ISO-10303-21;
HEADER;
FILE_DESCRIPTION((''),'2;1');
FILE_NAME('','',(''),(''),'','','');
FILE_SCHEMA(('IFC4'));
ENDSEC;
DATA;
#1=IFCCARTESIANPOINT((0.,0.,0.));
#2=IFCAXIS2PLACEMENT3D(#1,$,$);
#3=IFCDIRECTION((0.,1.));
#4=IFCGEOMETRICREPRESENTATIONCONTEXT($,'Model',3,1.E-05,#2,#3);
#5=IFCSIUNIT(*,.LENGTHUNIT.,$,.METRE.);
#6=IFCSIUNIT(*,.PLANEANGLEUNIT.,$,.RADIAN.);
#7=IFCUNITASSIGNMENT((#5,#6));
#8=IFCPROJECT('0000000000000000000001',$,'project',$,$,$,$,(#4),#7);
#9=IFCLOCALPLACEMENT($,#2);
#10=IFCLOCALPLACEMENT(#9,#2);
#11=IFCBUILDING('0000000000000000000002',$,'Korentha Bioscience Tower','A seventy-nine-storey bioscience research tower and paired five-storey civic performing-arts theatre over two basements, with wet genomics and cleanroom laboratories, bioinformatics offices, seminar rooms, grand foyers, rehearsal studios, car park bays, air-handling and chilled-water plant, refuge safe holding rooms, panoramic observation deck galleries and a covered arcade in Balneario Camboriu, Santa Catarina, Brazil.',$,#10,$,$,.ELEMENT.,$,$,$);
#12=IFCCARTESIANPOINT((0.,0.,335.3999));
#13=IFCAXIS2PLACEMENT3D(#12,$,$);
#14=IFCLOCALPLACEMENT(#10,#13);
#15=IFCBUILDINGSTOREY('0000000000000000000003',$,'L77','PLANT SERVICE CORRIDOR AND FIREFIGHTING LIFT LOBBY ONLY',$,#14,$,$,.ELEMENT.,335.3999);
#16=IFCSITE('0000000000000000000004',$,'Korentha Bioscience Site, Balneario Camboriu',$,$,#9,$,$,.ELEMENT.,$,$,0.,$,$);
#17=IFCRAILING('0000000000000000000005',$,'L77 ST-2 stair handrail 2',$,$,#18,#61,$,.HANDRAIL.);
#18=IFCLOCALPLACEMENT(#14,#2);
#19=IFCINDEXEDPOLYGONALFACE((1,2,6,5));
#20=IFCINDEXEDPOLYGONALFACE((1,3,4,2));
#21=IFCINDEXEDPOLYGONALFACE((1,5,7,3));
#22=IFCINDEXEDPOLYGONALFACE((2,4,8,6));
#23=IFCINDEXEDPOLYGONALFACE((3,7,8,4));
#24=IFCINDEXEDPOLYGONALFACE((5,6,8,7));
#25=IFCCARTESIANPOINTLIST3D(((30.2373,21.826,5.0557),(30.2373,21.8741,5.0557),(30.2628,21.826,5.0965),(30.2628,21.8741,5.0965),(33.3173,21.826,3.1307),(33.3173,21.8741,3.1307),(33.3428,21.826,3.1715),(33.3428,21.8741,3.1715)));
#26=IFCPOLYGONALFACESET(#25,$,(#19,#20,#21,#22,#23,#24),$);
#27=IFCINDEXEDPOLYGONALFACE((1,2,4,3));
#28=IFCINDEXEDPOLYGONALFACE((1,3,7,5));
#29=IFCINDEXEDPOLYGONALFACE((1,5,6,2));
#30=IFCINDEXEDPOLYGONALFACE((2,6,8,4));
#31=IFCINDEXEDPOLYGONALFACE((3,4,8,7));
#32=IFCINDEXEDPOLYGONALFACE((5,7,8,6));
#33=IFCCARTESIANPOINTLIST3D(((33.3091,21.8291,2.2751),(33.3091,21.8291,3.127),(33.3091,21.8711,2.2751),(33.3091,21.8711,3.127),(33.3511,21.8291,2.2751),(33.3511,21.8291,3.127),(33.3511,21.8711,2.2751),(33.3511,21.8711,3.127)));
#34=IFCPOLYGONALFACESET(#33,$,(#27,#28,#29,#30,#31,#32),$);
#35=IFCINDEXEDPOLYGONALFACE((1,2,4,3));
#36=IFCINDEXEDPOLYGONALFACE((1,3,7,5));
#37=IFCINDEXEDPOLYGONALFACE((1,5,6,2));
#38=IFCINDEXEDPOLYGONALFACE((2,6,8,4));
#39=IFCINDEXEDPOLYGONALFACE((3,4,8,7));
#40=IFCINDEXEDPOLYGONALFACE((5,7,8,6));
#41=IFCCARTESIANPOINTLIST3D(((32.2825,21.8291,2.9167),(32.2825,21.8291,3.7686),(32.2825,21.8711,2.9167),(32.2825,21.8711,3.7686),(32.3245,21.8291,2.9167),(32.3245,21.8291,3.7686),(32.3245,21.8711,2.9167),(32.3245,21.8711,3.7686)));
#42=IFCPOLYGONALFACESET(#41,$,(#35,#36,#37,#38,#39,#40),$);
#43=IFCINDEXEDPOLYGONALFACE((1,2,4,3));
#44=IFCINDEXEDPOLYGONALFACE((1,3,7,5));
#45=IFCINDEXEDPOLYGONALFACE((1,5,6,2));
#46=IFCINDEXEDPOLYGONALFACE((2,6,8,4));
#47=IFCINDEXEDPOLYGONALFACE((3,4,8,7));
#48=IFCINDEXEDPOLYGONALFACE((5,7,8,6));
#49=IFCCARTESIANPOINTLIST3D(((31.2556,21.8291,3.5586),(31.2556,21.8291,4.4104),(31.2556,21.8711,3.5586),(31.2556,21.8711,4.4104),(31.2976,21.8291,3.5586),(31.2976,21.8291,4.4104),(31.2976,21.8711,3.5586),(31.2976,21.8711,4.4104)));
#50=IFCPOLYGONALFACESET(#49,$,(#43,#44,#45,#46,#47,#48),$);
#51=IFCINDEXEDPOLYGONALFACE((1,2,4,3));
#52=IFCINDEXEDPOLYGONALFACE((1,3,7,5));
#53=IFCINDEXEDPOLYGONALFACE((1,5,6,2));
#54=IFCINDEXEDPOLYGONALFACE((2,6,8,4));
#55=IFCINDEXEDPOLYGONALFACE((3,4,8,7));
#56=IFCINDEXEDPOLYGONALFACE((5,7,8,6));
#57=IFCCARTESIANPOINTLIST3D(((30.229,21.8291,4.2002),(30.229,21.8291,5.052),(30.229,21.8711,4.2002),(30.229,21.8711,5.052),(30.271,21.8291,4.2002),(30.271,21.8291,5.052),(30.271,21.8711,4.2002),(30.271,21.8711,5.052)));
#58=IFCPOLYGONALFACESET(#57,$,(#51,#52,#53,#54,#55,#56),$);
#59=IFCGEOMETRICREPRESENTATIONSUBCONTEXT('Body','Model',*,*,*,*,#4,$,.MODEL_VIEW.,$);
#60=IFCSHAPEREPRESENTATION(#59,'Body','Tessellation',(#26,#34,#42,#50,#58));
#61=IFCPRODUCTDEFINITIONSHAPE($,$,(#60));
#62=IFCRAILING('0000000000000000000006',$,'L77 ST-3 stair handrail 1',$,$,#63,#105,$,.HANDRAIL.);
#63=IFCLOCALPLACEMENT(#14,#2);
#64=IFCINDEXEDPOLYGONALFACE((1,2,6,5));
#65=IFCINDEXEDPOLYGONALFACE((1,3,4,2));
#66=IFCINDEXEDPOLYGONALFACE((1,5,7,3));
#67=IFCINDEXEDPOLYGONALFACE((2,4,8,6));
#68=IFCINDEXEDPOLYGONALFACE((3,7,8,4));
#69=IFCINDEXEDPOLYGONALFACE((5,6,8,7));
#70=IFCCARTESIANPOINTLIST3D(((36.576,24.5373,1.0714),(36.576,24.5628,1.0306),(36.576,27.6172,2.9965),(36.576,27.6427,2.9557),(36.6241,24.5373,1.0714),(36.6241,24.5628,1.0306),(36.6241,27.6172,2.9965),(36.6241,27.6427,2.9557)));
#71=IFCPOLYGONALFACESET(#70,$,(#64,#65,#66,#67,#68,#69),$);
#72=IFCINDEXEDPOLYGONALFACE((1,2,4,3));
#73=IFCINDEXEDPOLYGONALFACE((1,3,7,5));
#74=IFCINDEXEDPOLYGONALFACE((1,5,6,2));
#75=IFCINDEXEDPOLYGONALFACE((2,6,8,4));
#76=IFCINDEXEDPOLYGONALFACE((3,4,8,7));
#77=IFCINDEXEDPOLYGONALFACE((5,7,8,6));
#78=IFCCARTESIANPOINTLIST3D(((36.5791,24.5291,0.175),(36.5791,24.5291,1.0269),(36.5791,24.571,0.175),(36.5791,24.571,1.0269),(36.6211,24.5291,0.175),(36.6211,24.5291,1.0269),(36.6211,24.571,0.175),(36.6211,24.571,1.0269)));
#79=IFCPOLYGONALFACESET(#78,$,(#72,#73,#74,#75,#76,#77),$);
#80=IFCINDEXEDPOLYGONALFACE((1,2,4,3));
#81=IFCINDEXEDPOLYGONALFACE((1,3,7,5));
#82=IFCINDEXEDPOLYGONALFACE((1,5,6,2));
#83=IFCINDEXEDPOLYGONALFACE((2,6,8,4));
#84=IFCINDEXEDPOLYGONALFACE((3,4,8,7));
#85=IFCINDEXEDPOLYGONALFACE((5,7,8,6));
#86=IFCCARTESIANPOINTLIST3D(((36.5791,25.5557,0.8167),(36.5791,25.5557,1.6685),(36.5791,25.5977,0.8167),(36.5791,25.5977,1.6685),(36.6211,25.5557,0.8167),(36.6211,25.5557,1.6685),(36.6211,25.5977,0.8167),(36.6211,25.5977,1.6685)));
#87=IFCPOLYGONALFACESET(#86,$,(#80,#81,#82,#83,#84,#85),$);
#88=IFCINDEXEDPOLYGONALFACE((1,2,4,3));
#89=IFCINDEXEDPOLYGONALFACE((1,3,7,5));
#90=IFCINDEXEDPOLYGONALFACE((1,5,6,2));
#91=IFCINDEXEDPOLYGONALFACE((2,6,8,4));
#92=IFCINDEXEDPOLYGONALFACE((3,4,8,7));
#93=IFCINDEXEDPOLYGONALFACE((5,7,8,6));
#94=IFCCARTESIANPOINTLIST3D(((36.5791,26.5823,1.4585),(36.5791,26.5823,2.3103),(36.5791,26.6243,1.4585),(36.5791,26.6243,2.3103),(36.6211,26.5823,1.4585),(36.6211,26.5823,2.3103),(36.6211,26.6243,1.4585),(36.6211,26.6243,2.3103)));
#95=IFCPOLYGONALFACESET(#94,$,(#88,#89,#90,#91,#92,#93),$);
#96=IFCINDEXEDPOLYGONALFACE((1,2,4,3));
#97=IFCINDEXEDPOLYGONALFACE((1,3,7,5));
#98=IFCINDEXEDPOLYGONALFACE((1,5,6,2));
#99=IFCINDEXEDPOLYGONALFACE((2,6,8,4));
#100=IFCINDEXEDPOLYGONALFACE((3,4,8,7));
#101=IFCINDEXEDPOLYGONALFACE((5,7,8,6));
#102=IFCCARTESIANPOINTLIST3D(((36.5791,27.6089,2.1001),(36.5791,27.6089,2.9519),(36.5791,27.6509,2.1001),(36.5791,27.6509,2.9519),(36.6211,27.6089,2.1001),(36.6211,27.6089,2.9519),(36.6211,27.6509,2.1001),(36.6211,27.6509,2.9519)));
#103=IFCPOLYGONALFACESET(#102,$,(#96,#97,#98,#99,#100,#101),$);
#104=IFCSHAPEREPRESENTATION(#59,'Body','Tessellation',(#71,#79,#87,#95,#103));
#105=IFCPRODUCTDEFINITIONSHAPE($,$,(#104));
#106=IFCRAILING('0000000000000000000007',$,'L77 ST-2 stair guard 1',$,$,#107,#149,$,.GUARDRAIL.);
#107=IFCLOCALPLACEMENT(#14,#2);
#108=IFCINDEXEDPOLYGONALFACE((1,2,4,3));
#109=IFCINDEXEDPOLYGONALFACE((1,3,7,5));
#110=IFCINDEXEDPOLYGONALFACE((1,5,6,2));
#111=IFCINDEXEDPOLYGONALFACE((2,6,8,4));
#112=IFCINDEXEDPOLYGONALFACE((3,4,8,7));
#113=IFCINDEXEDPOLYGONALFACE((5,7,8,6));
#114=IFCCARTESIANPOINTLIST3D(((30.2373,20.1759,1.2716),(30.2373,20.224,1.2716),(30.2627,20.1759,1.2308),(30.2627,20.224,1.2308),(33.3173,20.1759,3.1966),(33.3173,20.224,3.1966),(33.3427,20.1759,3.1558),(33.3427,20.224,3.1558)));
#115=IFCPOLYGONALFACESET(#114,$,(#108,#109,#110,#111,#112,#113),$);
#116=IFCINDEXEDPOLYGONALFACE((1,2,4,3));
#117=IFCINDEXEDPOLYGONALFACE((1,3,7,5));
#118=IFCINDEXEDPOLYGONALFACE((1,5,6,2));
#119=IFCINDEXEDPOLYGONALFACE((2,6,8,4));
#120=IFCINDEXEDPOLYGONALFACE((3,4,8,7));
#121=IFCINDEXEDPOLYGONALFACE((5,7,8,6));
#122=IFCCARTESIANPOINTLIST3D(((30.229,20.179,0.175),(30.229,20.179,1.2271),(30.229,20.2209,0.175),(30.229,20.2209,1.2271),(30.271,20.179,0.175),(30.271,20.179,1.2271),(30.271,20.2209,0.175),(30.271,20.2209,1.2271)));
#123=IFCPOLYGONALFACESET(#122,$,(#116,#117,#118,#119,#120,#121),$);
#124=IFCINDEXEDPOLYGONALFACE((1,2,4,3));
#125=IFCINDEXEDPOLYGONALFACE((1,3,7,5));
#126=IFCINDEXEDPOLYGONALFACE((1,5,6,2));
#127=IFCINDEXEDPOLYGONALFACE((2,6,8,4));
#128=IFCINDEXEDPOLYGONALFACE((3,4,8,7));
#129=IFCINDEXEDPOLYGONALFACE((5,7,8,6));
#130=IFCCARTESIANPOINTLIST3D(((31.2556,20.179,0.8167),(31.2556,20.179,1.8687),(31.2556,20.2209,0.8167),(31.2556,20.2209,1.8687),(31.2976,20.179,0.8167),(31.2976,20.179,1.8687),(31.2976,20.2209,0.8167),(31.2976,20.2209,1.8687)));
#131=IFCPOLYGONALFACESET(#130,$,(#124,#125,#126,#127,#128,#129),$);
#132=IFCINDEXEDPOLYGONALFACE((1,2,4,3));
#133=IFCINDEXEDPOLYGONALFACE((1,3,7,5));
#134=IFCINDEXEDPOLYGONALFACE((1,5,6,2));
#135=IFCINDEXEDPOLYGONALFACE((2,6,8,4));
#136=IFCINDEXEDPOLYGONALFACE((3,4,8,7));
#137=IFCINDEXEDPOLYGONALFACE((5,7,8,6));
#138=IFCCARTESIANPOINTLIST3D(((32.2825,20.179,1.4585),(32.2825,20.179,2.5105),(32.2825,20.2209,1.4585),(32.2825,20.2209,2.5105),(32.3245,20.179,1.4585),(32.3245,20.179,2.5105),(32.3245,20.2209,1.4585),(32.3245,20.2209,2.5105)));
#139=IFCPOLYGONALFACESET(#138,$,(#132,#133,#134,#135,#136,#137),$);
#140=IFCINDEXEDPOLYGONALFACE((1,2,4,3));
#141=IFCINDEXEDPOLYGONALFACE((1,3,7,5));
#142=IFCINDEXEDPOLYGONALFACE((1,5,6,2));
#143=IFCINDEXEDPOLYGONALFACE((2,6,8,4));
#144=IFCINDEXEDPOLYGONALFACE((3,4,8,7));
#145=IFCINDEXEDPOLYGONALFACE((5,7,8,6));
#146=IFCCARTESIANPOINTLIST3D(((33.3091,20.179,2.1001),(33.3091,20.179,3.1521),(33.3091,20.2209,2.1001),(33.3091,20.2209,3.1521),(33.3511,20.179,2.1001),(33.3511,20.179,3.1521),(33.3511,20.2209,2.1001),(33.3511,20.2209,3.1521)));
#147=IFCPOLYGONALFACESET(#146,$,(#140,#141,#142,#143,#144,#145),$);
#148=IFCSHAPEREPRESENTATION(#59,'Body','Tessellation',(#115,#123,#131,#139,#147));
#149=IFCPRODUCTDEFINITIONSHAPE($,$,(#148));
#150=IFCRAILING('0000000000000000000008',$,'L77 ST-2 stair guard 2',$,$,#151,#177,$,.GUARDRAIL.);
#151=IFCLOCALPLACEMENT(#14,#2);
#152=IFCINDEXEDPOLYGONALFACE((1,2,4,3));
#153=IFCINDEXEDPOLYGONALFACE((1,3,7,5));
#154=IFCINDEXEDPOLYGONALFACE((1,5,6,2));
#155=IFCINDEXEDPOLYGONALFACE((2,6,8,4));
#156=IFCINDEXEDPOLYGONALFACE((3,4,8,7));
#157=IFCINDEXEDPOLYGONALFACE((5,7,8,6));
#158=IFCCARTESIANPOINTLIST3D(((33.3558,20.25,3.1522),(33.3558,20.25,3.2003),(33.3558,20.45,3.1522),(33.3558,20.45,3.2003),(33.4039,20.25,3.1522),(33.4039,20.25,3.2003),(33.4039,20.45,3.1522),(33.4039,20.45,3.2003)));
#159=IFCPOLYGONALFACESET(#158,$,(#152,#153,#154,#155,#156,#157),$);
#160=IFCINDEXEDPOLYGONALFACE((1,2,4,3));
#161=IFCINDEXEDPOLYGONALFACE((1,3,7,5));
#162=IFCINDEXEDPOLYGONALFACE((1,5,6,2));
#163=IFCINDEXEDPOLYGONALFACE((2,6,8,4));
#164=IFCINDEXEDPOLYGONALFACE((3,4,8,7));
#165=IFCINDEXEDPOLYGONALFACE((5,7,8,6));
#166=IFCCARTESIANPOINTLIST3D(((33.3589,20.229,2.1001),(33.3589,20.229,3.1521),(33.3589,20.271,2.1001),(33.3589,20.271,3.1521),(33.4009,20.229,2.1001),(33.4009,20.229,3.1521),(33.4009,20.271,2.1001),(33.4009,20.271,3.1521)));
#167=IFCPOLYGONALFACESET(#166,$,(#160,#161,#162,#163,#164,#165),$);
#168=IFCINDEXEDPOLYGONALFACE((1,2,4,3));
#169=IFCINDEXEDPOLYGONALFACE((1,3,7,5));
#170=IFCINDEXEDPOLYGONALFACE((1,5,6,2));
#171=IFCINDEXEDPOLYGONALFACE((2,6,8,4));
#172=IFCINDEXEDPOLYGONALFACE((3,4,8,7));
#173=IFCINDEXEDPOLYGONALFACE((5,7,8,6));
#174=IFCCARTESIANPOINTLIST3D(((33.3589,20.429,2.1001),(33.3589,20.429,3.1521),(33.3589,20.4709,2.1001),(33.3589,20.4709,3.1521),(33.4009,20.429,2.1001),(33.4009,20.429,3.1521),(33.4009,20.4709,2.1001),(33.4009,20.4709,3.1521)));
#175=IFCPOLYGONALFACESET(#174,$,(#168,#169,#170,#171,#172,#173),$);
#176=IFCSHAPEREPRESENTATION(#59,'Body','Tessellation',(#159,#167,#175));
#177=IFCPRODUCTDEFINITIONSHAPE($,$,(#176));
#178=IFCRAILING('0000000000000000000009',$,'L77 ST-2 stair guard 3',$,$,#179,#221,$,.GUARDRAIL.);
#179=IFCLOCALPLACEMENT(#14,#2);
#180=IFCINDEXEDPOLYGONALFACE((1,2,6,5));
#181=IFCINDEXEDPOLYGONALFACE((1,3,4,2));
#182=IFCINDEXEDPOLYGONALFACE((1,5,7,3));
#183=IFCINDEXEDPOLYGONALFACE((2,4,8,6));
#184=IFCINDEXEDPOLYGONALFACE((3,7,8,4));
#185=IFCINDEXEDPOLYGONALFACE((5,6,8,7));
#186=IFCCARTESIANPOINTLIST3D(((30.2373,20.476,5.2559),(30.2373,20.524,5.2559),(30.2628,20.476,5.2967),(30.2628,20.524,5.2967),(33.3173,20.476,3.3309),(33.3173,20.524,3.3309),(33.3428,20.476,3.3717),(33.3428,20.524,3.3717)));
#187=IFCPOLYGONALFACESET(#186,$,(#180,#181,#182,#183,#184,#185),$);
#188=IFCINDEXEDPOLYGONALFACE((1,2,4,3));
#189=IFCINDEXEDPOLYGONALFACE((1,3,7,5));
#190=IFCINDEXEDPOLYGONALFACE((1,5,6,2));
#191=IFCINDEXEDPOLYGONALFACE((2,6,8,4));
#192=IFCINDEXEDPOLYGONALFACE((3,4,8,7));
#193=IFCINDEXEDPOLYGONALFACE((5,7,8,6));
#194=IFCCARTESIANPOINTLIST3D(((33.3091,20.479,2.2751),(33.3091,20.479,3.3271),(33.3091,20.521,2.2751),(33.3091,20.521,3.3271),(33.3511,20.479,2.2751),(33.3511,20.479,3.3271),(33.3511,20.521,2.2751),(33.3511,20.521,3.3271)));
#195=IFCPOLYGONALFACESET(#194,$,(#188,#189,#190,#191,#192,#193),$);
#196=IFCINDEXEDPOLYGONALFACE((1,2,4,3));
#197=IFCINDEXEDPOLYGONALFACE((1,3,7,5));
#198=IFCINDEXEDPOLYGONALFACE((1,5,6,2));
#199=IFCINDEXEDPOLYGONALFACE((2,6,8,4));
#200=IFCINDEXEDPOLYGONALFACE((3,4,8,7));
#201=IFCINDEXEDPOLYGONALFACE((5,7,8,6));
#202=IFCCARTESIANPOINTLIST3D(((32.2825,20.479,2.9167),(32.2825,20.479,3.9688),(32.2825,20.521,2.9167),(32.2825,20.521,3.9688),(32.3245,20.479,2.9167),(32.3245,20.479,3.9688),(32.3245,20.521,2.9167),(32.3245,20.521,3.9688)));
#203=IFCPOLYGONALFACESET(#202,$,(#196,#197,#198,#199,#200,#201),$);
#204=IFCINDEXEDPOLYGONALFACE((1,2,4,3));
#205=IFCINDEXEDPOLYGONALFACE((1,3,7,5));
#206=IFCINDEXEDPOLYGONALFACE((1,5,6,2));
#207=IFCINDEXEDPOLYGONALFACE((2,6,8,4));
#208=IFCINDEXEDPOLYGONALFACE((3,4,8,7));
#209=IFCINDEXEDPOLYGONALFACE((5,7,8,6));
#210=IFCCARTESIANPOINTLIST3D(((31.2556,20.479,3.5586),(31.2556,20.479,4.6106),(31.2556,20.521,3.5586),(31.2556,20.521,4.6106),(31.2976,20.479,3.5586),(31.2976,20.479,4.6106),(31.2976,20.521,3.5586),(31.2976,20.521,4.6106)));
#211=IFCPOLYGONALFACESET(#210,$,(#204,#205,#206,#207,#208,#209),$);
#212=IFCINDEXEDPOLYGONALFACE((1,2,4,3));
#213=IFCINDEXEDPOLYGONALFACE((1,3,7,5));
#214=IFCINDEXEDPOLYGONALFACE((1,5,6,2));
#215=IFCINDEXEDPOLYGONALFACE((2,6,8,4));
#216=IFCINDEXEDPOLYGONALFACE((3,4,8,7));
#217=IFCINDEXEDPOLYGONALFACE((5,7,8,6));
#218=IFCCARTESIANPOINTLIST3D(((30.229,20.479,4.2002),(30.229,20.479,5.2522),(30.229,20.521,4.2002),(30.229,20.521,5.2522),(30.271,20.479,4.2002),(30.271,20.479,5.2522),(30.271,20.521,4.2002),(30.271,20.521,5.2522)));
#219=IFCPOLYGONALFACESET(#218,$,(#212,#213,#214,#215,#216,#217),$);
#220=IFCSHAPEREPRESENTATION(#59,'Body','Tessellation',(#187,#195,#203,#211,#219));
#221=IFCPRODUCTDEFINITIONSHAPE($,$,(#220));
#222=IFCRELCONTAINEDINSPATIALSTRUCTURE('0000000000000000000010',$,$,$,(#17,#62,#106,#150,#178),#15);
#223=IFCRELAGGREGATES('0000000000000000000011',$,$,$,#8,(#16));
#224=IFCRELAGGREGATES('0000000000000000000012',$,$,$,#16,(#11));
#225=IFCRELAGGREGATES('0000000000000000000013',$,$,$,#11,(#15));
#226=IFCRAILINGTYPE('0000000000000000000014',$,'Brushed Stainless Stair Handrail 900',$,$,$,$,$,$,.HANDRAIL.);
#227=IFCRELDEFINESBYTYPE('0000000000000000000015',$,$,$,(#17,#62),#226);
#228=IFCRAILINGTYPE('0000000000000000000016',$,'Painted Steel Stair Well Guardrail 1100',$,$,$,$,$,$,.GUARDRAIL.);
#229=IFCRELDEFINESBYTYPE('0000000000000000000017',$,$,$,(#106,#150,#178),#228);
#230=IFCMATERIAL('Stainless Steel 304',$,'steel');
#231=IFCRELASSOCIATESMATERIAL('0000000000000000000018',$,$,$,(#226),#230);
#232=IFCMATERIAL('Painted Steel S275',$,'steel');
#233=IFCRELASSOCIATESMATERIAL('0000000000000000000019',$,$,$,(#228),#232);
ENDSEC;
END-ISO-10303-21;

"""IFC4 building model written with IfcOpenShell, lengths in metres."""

from ifc_helpers import new_model, si_unit, direction, frame, origin, origin_2d, place, context, subcontext, project, spatial, rectangle, extrude, material, type_object, element, save


model = new_model("IFC4")

# Units and contexts
model_context = context("Model", 3, precision=1e-05, world=origin(), true_north=direction((0.0, 1.0)))
body_context = subcontext(model_context, "Body", "Model", "MODEL_VIEW")
ifc_project = project(units=[si_unit("LENGTHUNIT", "METRE"), si_unit("PLANEANGLEUNIT", "RADIAN")], contexts=[model_context])

# Site, building, storey
site_placement = place(None, origin())
site = spatial("IfcSite", under=ifc_project, at=site_placement, Name="Korentha Bioscience Site, Balneario Camboriu", CompositionType="ELEMENT", RefElevation=0.0)
building_placement = place(site_placement, origin())
building = spatial("IfcBuilding", under=site, at=building_placement, Name="Korentha Bioscience Tower", Description="A seventy-nine-storey bioscience research tower and paired five-storey civic performing-arts theatre over two basements, with wet genomics and cleanroom laboratories, bioinformatics offices, seminar rooms, grand foyers, rehearsal studios, car park bays, air-handling and chilled-water plant, refuge safe holding rooms, panoramic observation deck galleries and a covered arcade in Balneario Camboriu, Santa Catarina, Brazil.", CompositionType="ELEMENT")
storey_placement = place(building_placement, frame((0.0, 0.0, 335.3999)))
storey = spatial("IfcBuildingStorey", under=building, at=storey_placement, Name="L77", Description="PLANT SERVICE CORRIDOR AND FIREFIGHTING LIFT LOBBY ONLY", CompositionType="ELEMENT", Elevation=335.3999)

# Railings
ifc_material_1 = material(Name="Stainless Steel 304", Category="steel")
railing_type_1 = type_object("IfcRailingType", Name="Brushed Stainless Stair Handrail 900", PredefinedType="HANDRAIL", material=ifc_material_1)
railing_1_placement = place(storey_placement, frame((33.3301, 21.8501, 2.2751)))
element("IfcRailing", 1, at=railing_1_placement, inside=storey, type_object=railing_type_1, Name="L77 ST-2 stair handrail 2", PredefinedType="HANDRAIL", context=body_context, shape_type="SweptSolid", body=[
    extrude(rectangle(XDim=0.0481, YDim=0.0481, at=origin_2d()), frame((0.0, 0.0, 0.876), z_axis=(-0.847998, 0.0, 0.529999), x_axis=(0.0, -1.0, 0.0)), (0.0, 0.0, 1.0), 3.6321),
    extrude(rectangle(XDim=0.042, YDim=0.042, at=origin_2d()), origin(), (0.0, 0.0, 1.0), 0.8518),
    extrude(rectangle(XDim=0.042, YDim=0.042, at=origin_2d()), frame((-1.0266, 0.0, 0.6416)), (0.0, 0.0, 1.0), 0.8518),
    extrude(rectangle(XDim=0.042, YDim=0.042, at=origin_2d()), frame((-2.0535, 0.0, 1.2834)), (0.0, 0.0, 1.0), 0.8518),
    extrude(rectangle(XDim=0.042, YDim=0.042, at=origin_2d()), frame((-3.0801, 0.0, 1.925)), (0.0, 0.0, 1.0), 0.8518),
])
railing_2_placement = place(storey_placement, frame((36.6001, 24.55, 0.175)))
element("IfcRailing", 2, at=railing_2_placement, inside=storey, type_object=railing_type_1, Name="L77 ST-3 stair handrail 1", PredefinedType="HANDRAIL", context=body_context, shape_type="SweptSolid", body=[
    extrude(rectangle(XDim=0.0481, YDim=0.0481, at=origin_2d()), frame((0.0, 0.0, 0.876), z_axis=(0.0, 0.847979, 0.530029), x_axis=(-1.0, 0.0, 0.0)), (0.0, 0.0, 1.0), 3.6321),
    extrude(rectangle(XDim=0.042, YDim=0.042, at=origin_2d()), origin(), (0.0, 0.0, 1.0), 0.8518),
    extrude(rectangle(XDim=0.042, YDim=0.042, at=origin_2d()), frame((0.0, 1.0266, 0.6416)), (0.0, 0.0, 1.0), 0.8518),
    extrude(rectangle(XDim=0.042, YDim=0.042, at=origin_2d()), frame((0.0, 2.0532, 1.2834)), (0.0, 0.0, 1.0), 0.8518),
    extrude(rectangle(XDim=0.042, YDim=0.042, at=origin_2d()), frame((0.0, 3.0798, 1.925)), (0.0, 0.0, 1.0), 0.8518),
])
ifc_material_2 = material(Name="Painted Steel S275", Category="steel")
railing_type_2 = type_object("IfcRailingType", Name="Painted Steel Stair Well Guardrail 1100", PredefinedType="GUARDRAIL", material=ifc_material_2)
railing_3_placement = place(storey_placement, frame((30.25, 20.2, 0.175)))
element("IfcRailing", 3, at=railing_3_placement, inside=storey, type_object=railing_type_2, Name="L77 ST-2 stair guard 1", PredefinedType="GUARDRAIL", context=body_context, shape_type="SweptSolid", body=[
    extrude(rectangle(XDim=0.0481, YDim=0.0481, at=origin_2d()), frame((0.0, 0.0, 1.0762), z_axis=(0.847998, 0.0, 0.529999), x_axis=(0.0, 1.0, 0.0)), (0.0, 0.0, 1.0), 3.6321),
    extrude(rectangle(XDim=0.042, YDim=0.042, at=origin_2d()), origin(), (0.0, 0.0, 1.0), 1.052),
    extrude(rectangle(XDim=0.042, YDim=0.042, at=origin_2d()), frame((1.0266, 0.0, 0.6416)), (0.0, 0.0, 1.0), 1.052),
    extrude(rectangle(XDim=0.042, YDim=0.042, at=origin_2d()), frame((2.0535, 0.0, 1.2834)), (0.0, 0.0, 1.0), 1.052),
    extrude(rectangle(XDim=0.042, YDim=0.042, at=origin_2d()), frame((3.0801, 0.0, 1.925)), (0.0, 0.0, 1.0), 1.052),
])
railing_4_placement = place(storey_placement, frame((33.3799, 20.25, 2.1001)))
element("IfcRailing", 4, at=railing_4_placement, inside=storey, type_object=railing_type_2, Name="L77 ST-2 stair guard 2", PredefinedType="GUARDRAIL", context=body_context, shape_type="SweptSolid", body=[
    extrude(rectangle(XDim=0.0481, YDim=0.0481, at=origin_2d()), frame((0.0, 0.0, 1.0762), z_axis=(0.0, 1.0, 0.0), x_axis=(-1.0, 0.0, 0.0)), (0.0, 0.0, 1.0), 0.2),
    extrude(rectangle(XDim=0.042, YDim=0.042, at=origin_2d()), origin(), (0.0, 0.0, 1.0), 1.052),
    extrude(rectangle(XDim=0.042, YDim=0.042, at=origin_2d()), frame((0.0, 0.2, 0.0)), (0.0, 0.0, 1.0), 1.052),
])
railing_5_placement = place(storey_placement, frame((33.3301, 20.5, 2.2751)))
element("IfcRailing", 5, at=railing_5_placement, inside=storey, type_object=railing_type_2, Name="L77 ST-2 stair guard 3", PredefinedType="GUARDRAIL", context=body_context, shape_type="SweptSolid", body=[
    extrude(rectangle(XDim=0.0481, YDim=0.0481, at=origin_2d()), frame((0.0, 0.0, 1.0762), z_axis=(-0.847998, 0.0, 0.529999), x_axis=(0.0, -1.0, 0.0)), (0.0, 0.0, 1.0), 3.6321),
    extrude(rectangle(XDim=0.042, YDim=0.042, at=origin_2d()), origin(), (0.0, 0.0, 1.0), 1.052),
    extrude(rectangle(XDim=0.042, YDim=0.042, at=origin_2d()), frame((-1.0266, 0.0, 0.6416)), (0.0, 0.0, 1.0), 1.052),
    extrude(rectangle(XDim=0.042, YDim=0.042, at=origin_2d()), frame((-2.0535, 0.0, 1.2834)), (0.0, 0.0, 1.0), 1.052),
    extrude(rectangle(XDim=0.042, YDim=0.042, at=origin_2d()), frame((-3.0801, 0.0, 1.925)), (0.0, 0.0, 1.0), 1.052),
])

save(model, "model.ifc")
